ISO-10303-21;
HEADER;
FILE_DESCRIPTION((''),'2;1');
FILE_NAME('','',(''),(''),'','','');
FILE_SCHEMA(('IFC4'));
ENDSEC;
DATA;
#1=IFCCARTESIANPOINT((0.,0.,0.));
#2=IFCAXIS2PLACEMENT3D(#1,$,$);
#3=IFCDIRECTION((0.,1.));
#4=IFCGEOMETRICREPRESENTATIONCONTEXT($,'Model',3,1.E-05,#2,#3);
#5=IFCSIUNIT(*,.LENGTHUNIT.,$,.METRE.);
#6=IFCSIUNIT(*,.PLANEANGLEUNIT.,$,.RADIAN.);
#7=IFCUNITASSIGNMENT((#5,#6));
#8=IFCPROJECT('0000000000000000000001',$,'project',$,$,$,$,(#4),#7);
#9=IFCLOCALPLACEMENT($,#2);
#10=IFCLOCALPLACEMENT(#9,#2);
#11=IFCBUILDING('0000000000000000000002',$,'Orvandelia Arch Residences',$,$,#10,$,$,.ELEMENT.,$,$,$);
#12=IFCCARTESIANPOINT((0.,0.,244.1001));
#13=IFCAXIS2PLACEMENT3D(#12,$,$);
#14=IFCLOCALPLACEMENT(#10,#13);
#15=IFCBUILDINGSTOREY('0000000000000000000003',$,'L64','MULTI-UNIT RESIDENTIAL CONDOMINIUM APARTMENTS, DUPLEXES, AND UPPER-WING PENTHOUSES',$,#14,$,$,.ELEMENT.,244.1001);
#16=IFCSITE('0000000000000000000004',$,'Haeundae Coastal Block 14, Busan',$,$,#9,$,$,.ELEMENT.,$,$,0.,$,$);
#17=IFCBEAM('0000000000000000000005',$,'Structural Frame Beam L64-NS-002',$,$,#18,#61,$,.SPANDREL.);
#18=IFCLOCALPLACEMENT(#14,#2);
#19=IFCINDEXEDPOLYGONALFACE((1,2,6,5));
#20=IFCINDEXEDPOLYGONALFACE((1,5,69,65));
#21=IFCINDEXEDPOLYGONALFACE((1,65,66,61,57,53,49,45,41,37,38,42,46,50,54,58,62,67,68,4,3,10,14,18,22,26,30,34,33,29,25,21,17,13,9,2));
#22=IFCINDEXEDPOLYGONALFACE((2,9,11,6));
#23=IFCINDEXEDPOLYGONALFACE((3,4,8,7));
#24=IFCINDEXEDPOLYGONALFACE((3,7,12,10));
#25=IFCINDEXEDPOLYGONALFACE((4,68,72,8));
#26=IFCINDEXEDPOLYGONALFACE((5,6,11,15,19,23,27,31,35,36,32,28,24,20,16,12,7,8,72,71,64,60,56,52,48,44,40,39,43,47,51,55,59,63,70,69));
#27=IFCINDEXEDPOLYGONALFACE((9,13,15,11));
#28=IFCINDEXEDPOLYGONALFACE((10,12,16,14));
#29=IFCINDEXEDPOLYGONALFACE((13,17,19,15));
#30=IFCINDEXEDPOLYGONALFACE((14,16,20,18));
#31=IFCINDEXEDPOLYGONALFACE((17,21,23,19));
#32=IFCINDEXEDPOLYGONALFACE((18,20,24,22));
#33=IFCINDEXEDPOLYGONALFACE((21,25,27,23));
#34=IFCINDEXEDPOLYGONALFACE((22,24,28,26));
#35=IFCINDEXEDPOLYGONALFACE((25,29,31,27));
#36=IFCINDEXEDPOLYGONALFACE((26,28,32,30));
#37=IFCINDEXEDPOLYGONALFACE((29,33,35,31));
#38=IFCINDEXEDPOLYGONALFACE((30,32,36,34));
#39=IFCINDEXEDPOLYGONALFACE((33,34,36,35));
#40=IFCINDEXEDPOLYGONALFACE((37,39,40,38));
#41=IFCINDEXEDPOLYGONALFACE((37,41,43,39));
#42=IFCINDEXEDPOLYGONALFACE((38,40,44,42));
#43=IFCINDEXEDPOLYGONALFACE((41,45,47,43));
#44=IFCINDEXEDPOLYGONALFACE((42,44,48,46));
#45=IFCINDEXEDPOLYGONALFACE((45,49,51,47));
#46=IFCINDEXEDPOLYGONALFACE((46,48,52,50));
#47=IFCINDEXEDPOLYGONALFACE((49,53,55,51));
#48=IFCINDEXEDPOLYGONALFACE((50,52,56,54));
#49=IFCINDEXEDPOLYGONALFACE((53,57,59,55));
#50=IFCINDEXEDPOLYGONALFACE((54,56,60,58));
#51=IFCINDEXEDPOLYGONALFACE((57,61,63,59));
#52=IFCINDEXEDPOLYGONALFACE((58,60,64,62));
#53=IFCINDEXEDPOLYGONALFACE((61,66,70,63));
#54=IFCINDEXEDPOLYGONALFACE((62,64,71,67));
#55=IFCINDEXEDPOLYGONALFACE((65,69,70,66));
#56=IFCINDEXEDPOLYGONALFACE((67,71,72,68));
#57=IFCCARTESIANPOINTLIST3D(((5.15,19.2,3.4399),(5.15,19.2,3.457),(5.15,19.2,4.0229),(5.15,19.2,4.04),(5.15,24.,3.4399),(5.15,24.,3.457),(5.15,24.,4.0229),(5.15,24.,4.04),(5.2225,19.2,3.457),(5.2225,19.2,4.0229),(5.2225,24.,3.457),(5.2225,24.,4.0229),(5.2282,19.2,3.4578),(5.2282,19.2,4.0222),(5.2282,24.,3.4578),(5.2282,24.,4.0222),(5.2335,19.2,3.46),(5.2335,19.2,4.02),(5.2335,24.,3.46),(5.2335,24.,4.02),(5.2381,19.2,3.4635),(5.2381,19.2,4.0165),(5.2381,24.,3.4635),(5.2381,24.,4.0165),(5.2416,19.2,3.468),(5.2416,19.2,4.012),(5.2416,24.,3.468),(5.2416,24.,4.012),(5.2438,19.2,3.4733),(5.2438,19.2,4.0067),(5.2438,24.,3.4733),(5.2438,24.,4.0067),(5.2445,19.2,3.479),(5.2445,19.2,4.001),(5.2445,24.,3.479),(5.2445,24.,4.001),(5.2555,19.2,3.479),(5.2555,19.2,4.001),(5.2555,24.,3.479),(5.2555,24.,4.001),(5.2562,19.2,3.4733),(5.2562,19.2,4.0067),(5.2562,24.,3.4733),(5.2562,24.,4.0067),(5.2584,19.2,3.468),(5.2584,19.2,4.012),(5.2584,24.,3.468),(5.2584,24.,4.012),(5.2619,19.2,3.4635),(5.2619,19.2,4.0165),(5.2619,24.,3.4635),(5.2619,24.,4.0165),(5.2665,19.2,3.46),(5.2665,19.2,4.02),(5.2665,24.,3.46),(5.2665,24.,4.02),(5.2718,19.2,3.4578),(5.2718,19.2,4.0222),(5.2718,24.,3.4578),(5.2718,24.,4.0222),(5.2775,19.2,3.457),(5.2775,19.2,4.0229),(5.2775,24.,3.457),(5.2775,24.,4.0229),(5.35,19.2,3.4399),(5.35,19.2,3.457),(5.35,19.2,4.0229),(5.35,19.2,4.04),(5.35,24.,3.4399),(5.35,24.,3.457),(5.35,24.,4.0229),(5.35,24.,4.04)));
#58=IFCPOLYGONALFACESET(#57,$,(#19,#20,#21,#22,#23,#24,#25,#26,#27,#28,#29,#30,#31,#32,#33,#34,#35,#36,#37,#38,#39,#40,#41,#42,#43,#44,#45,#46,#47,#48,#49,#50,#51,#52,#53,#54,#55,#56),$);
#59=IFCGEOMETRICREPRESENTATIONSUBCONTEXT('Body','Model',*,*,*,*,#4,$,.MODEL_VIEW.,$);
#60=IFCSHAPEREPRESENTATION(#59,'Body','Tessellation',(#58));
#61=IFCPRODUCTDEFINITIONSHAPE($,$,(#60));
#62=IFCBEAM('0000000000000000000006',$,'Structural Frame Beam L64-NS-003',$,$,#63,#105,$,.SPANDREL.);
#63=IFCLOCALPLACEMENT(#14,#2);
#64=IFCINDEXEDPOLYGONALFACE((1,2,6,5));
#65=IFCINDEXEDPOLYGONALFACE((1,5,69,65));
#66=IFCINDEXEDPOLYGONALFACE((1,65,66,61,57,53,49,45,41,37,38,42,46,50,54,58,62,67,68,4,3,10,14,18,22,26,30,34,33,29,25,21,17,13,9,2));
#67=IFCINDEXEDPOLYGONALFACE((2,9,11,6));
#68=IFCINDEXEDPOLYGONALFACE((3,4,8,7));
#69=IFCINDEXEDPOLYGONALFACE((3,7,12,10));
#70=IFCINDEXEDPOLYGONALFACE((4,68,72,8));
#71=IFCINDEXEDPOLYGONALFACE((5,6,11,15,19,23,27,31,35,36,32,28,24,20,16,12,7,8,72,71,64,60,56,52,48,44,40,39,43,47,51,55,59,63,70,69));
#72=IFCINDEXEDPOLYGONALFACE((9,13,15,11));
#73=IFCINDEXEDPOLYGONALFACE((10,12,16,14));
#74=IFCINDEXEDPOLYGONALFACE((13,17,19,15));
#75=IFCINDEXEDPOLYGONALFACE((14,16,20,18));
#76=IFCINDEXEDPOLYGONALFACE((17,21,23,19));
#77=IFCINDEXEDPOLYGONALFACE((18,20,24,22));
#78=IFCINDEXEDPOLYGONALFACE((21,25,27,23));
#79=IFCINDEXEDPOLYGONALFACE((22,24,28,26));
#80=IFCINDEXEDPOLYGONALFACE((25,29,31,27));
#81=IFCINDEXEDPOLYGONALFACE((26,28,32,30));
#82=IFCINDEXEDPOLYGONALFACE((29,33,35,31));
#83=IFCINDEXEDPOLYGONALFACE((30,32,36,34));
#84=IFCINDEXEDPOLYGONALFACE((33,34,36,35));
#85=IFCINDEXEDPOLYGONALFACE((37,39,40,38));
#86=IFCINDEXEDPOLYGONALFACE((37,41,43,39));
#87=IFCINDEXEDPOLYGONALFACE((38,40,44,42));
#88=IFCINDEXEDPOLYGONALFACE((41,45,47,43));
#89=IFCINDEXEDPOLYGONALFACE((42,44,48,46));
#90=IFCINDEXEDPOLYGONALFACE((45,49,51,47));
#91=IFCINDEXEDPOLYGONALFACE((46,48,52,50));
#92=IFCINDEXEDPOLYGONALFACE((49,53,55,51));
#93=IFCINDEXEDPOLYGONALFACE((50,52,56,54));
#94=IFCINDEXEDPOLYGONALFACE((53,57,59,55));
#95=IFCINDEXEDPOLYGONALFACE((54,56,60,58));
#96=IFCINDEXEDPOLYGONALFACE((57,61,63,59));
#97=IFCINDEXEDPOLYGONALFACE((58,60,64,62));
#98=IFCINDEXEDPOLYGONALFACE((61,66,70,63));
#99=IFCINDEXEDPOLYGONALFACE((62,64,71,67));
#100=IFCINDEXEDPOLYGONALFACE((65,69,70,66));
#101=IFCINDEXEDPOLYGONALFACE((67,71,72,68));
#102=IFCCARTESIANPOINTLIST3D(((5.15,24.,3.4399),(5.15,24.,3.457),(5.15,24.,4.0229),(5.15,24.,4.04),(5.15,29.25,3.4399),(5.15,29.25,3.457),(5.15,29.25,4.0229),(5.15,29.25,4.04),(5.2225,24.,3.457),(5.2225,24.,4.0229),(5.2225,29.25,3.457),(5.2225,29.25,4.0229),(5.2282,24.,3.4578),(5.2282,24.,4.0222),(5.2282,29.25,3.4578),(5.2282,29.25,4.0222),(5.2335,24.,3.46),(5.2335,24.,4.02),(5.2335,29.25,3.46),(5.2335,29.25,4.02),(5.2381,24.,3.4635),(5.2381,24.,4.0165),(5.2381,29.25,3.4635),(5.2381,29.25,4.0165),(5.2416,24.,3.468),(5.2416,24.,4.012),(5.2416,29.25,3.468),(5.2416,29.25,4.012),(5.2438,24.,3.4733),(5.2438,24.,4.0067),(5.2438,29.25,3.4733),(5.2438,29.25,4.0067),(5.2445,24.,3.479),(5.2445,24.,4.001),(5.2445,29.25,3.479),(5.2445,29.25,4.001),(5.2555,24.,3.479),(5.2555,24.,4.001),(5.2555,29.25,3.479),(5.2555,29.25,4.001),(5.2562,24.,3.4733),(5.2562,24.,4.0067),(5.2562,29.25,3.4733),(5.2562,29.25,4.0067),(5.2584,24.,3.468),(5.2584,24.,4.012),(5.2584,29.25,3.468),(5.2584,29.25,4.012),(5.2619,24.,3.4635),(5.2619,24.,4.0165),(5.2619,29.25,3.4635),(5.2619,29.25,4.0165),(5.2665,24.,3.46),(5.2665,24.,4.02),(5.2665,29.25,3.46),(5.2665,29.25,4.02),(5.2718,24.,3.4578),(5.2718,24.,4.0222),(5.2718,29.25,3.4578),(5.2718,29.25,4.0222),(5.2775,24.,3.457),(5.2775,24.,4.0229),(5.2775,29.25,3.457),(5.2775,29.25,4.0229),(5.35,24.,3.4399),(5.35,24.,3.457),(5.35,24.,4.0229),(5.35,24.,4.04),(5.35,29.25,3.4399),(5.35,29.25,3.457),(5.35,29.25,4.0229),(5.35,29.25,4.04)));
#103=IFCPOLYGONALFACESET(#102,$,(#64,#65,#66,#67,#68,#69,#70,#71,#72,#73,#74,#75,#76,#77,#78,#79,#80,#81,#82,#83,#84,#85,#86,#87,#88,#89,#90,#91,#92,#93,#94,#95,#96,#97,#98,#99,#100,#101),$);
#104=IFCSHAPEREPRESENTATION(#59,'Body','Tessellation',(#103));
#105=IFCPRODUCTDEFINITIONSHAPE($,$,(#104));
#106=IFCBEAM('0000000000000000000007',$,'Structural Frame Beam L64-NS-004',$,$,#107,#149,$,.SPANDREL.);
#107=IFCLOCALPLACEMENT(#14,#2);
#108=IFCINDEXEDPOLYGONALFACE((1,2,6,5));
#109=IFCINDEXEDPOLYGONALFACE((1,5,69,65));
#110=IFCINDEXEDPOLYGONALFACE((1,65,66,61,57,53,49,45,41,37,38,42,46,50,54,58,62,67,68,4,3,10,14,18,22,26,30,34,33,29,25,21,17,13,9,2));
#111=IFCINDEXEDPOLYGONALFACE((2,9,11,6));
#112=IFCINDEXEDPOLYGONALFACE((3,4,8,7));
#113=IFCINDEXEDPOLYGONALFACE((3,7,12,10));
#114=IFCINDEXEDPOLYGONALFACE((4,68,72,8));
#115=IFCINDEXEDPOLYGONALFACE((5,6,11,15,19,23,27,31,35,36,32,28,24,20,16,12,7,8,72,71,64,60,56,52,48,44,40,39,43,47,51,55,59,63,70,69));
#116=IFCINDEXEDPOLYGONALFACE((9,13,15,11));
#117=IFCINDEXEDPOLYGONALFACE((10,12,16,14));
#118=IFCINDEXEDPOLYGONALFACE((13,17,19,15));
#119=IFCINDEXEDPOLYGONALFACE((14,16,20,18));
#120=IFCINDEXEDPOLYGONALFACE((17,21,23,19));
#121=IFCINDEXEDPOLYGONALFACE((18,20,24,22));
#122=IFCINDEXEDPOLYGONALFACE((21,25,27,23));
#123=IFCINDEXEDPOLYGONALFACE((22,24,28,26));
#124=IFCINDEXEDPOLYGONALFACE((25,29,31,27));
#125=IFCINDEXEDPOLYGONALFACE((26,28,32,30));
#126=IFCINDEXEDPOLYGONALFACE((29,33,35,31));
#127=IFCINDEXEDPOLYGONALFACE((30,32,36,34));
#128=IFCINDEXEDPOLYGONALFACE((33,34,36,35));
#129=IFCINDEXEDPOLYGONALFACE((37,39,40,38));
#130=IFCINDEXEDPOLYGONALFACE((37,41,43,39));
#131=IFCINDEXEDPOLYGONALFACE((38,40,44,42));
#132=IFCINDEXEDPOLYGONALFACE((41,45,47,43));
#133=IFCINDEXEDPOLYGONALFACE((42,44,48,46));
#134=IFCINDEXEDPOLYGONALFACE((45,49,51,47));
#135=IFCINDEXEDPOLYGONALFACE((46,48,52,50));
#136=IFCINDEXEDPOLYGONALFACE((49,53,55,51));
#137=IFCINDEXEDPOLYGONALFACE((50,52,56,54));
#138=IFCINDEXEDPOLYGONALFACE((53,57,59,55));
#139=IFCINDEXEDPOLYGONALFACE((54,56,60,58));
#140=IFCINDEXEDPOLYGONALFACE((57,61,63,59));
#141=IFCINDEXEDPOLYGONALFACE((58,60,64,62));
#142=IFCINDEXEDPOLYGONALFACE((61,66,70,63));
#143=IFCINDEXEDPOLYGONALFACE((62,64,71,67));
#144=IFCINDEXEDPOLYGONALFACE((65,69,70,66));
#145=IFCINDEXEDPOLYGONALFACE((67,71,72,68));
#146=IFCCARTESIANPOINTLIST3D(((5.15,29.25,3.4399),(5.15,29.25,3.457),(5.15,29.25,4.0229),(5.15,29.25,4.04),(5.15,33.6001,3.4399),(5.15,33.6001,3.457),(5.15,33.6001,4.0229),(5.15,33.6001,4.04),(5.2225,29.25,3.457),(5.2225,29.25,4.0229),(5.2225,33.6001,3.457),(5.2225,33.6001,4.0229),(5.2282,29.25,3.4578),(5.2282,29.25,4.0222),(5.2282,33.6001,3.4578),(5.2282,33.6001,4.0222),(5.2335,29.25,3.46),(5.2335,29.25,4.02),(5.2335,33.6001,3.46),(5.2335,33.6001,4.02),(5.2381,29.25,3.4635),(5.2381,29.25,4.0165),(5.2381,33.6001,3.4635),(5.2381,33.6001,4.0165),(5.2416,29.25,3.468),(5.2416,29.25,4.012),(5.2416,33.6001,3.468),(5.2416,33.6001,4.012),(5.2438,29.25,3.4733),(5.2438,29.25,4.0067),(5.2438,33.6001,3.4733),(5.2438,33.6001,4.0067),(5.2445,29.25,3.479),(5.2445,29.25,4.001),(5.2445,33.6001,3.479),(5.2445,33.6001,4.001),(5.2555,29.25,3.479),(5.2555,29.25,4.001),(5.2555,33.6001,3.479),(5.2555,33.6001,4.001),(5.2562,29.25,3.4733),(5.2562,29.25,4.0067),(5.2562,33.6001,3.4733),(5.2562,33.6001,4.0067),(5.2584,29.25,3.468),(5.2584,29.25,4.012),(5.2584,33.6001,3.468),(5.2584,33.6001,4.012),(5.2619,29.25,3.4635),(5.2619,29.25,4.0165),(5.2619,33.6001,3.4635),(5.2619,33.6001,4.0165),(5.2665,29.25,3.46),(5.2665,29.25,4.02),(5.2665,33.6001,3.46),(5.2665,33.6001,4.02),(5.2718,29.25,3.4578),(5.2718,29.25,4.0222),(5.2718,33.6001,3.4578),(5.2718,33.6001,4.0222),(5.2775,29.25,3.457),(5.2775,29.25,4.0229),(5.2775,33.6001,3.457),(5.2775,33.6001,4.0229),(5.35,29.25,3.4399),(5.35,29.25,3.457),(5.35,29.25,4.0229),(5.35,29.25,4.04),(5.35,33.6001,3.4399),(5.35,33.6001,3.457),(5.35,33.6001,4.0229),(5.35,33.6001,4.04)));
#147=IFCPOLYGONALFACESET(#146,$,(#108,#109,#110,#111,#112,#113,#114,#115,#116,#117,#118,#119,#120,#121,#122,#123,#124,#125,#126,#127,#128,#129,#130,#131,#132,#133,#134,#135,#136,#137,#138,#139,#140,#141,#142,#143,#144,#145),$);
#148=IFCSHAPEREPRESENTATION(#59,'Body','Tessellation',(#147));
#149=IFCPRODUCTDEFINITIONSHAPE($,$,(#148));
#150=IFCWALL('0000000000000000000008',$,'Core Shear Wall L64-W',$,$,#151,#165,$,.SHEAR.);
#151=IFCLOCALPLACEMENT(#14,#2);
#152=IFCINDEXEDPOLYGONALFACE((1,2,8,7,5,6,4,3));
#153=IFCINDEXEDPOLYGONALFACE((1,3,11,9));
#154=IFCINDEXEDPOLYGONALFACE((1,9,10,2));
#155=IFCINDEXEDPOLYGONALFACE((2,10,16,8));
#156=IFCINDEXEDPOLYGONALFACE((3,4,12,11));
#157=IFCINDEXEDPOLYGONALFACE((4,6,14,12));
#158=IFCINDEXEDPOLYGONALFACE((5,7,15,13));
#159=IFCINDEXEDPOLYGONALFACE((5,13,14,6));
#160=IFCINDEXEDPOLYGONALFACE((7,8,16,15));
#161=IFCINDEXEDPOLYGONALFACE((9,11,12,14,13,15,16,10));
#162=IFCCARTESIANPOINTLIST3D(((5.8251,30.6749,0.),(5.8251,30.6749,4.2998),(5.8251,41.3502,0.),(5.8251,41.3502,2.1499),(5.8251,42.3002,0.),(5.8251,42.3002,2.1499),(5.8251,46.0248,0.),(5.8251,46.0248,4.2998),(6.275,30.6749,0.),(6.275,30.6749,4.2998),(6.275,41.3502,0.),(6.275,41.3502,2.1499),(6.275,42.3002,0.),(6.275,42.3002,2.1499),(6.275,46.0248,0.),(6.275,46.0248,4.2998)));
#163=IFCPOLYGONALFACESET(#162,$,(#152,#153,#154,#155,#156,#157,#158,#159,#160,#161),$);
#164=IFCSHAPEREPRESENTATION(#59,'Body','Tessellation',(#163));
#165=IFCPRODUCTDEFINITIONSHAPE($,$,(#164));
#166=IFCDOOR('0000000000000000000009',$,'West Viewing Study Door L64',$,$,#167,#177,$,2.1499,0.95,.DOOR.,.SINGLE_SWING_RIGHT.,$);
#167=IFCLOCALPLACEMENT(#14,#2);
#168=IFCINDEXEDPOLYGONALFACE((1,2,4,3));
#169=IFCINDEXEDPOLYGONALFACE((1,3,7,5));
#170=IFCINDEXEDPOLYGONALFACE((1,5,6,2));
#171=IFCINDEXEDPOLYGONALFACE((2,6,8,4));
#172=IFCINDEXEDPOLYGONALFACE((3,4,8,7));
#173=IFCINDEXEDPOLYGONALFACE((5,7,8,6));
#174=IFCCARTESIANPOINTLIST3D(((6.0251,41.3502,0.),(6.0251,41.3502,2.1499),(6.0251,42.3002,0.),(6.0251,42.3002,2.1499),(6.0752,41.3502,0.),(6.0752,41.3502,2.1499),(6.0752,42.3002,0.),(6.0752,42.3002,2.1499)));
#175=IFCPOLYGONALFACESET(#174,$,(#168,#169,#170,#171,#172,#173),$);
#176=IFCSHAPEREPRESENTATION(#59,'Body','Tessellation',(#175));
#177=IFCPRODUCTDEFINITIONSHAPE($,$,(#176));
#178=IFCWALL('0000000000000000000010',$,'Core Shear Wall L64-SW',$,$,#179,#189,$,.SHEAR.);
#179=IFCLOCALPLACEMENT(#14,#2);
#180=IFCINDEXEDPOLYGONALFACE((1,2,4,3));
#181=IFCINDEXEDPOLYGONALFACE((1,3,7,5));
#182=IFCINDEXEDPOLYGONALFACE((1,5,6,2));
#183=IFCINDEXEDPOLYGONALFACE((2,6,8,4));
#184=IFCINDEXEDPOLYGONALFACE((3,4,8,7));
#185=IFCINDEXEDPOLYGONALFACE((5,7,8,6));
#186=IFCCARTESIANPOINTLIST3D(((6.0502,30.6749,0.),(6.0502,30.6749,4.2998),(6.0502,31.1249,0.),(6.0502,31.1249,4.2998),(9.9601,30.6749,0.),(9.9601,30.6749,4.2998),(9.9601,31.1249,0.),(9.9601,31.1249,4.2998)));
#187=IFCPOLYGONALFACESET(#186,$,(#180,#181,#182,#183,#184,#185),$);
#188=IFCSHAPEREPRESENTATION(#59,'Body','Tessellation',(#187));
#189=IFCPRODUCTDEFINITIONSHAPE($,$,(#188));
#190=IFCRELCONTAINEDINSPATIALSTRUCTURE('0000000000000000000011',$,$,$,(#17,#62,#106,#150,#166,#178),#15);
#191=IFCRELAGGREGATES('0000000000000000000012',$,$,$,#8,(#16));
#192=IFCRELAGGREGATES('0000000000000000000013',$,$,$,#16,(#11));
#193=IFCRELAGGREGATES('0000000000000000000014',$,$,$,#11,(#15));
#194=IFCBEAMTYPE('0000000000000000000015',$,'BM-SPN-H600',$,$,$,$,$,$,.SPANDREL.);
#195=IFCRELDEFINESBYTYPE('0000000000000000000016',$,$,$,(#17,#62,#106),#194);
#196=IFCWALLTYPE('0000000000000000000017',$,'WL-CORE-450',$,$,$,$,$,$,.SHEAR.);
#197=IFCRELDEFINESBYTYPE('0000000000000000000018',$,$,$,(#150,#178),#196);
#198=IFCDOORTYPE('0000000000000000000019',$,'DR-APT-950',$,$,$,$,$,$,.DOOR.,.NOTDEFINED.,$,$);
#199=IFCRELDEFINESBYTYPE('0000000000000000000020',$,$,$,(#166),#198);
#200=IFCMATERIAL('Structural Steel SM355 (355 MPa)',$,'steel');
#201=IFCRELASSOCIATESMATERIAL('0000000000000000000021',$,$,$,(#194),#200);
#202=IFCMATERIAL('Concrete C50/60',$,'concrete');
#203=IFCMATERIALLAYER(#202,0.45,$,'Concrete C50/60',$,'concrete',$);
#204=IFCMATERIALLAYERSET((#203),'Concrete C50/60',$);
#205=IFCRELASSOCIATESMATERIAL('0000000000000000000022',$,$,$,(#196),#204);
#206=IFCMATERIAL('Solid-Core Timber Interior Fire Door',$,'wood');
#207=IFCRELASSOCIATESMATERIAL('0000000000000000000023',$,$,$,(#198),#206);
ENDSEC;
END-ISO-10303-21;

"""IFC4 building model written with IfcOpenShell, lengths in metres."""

from ifc_helpers import new_model, si_unit, direction, frame, frame_2d, origin, origin_2d, place, context, subcontext, project, spatial, rectangle, i_section, extrude, material, layer, layer_set, material_profile, profile_set, type_object, element, fill, save


model = new_model("IFC4")

# Units and contexts
model_context = context("Model", 3, precision=1e-05, world=origin(), true_north=direction((0.0, 1.0)))
body_context = subcontext(model_context, "Body", "Model", "MODEL_VIEW")
ifc_project = project(units=[si_unit("LENGTHUNIT", "METRE"), si_unit("PLANEANGLEUNIT", "RADIAN")], contexts=[model_context])

# Site, building, storey
site_placement = place(None, origin())
site = spatial("IfcSite", under=ifc_project, at=site_placement, Name="Haeundae Coastal Block 14, Busan", CompositionType="ELEMENT", RefElevation=0.0)
building_placement = place(site_placement, origin())
building = spatial("IfcBuilding", under=site, at=building_placement, Name="Orvandelia Arch Residences", CompositionType="ELEMENT")
storey_placement = place(building_placement, frame((0.0, 0.0, 244.1001)))
storey = spatial("IfcBuildingStorey", under=building, at=storey_placement, Name="L64", Description="MULTI-UNIT RESIDENTIAL CONDOMINIUM APARTMENTS, DUPLEXES, AND UPPER-WING PENTHOUSES", CompositionType="ELEMENT", Elevation=244.1001)

# Beams
ifc_material_1 = material(Name="Structural Steel SM355 (355 MPa)", Category="steel")
ifc_material_profile_1 = material_profile(ifc_material_1, i_section(OverallWidth=0.2, OverallDepth=0.6001, WebThickness=0.011, FlangeThickness=0.0171, FilletRadius=0.022, at=origin_2d()), Name="Structural Steel SM355 (355 MPa)", Category="steel")
ifc_profile_set_1 = profile_set([ifc_material_profile_1], Name="Structural Steel SM355 (355 MPa)")
beam_type_1 = type_object("IfcBeamType", Name="BM-SPN-H600", PredefinedType="SPANDREL", material=ifc_profile_set_1)
beam_1_placement = place(storey_placement, frame((5.25, 19.2, 3.74), z_axis=(0.0, 1.0, 0.0), x_axis=(-1.0, 0.0, 0.0)))
element("IfcBeam", 1, at=beam_1_placement, inside=storey, type_object=beam_type_1, Name="Structural Frame Beam L64-NS-002", PredefinedType="SPANDREL", context=body_context, shape_type="SweptSolid", body=[
    extrude(i_section(OverallWidth=0.2, OverallDepth=0.6001, WebThickness=0.011, FlangeThickness=0.0171, FilletRadius=0.022, at=origin_2d()), origin(), (0.0, 0.0, 1.0), 4.8),
])
beam_2_placement = place(storey_placement, frame((5.25, 24.0, 3.74), z_axis=(0.0, 1.0, 0.0), x_axis=(-1.0, 0.0, 0.0)))
element("IfcBeam", 2, at=beam_2_placement, inside=storey, type_object=beam_type_1, Name="Structural Frame Beam L64-NS-003", PredefinedType="SPANDREL", context=body_context, shape_type="SweptSolid", body=[
    extrude(i_section(OverallWidth=0.2, OverallDepth=0.6001, WebThickness=0.011, FlangeThickness=0.0171, FilletRadius=0.022, at=origin_2d()), origin(), (0.0, 0.0, 1.0), 5.25),
])
beam_3_placement = place(storey_placement, frame((5.25, 29.25, 3.74), z_axis=(0.0, 1.0, 0.0), x_axis=(-1.0, 0.0, 0.0)))
element("IfcBeam", 3, at=beam_3_placement, inside=storey, type_object=beam_type_1, Name="Structural Frame Beam L64-NS-004", PredefinedType="SPANDREL", context=body_context, shape_type="SweptSolid", body=[
    extrude(i_section(OverallWidth=0.2, OverallDepth=0.6001, WebThickness=0.011, FlangeThickness=0.0171, FilletRadius=0.022, at=origin_2d()), origin(), (0.0, 0.0, 1.0), 4.3501),
])

# Wall, opening, door
ifc_material_2 = material(Name="Concrete C50/60", Category="concrete")
ifc_layer_1 = layer(ifc_material_2, 0.45, Name="Concrete C50/60", Category="concrete")
ifc_layer_set_1 = layer_set([ifc_layer_1], Name="Concrete C50/60")
wall_type_1 = type_object("IfcWallType", Name="WL-CORE-450", PredefinedType="SHEAR", material=ifc_layer_set_1)
wall_1_placement = place(storey_placement, frame((6.05, 30.675, 0.0), z_axis=(0.0, 0.0, 1.0), x_axis=(0.0, 1.0, 0.0)))
wall_1 = element("IfcWall", 4, at=wall_1_placement, inside=storey, type_object=wall_type_1, Name="Core Shear Wall L64-W", PredefinedType="SHEAR", context=body_context, shape_type="SweptSolid", body=[
    extrude(rectangle(XDim=15.3499, YDim=0.45, at=frame_2d((7.6748, 0.0))), origin(), (0.0, 0.0, 1.0), 4.2998),
])
opening_1_placement = place(wall_1_placement, frame((10.675, 0.0, 0.0)))
opening_1 = element("IfcOpeningElement", 5, at=opening_1_placement, cuts=wall_1, PredefinedType="OPENING", context=body_context, shape_type="SweptSolid", body=[
    extrude(rectangle(XDim=0.95, YDim=2.1499, at=frame_2d((0.4751, 1.075))), frame((0.0, 0.2349, 0.0), z_axis=(0.0, -1.0, 0.0), x_axis=(1.0, 0.0, 0.0)), (0.0, 0.0, 1.0), 0.47),
])
ifc_material_3 = material(Name="Solid-Core Timber Interior Fire Door", Category="wood")
door_type_1 = type_object("IfcDoorType", Name="DR-APT-950", OperationType="NOTDEFINED", PredefinedType="DOOR", material=ifc_material_3)
door_1_placement = place(opening_1_placement, origin())
door_1 = element("IfcDoor", 6, at=door_1_placement, inside=storey, type_object=door_type_1, Name="West Viewing Study Door L64", OperationType="SINGLE_SWING_RIGHT", OverallHeight=2.1499, OverallWidth=0.95, PredefinedType="DOOR", context=body_context, shape_type="SweptSolid", body=[
    extrude(rectangle(XDim=0.95, YDim=2.1499, at=frame_2d((0.4751, 1.075))), frame((0.0, 0.0249, 0.0), z_axis=(0.0, -1.0, 0.0), x_axis=(1.0, 0.0, 0.0)), (0.0, 0.0, 1.0), 0.05),
])
fill(opening_1, door_1)

# Wall
wall_2_placement = place(storey_placement, frame((6.05, 30.8999, 0.0), z_axis=(0.0, 0.0, 1.0), x_axis=(1.0, 0.0, 0.0)))
element("IfcWall", 7, at=wall_2_placement, inside=storey, type_object=wall_type_1, Name="Core Shear Wall L64-SW", PredefinedType="SHEAR", context=body_context, shape_type="SweptSolid", body=[
    extrude(rectangle(XDim=3.9099, YDim=0.45, at=frame_2d((1.9551, 0.0))), origin(), (0.0, 0.0, 1.0), 4.2998),
])

save(model, "model.ifc")
